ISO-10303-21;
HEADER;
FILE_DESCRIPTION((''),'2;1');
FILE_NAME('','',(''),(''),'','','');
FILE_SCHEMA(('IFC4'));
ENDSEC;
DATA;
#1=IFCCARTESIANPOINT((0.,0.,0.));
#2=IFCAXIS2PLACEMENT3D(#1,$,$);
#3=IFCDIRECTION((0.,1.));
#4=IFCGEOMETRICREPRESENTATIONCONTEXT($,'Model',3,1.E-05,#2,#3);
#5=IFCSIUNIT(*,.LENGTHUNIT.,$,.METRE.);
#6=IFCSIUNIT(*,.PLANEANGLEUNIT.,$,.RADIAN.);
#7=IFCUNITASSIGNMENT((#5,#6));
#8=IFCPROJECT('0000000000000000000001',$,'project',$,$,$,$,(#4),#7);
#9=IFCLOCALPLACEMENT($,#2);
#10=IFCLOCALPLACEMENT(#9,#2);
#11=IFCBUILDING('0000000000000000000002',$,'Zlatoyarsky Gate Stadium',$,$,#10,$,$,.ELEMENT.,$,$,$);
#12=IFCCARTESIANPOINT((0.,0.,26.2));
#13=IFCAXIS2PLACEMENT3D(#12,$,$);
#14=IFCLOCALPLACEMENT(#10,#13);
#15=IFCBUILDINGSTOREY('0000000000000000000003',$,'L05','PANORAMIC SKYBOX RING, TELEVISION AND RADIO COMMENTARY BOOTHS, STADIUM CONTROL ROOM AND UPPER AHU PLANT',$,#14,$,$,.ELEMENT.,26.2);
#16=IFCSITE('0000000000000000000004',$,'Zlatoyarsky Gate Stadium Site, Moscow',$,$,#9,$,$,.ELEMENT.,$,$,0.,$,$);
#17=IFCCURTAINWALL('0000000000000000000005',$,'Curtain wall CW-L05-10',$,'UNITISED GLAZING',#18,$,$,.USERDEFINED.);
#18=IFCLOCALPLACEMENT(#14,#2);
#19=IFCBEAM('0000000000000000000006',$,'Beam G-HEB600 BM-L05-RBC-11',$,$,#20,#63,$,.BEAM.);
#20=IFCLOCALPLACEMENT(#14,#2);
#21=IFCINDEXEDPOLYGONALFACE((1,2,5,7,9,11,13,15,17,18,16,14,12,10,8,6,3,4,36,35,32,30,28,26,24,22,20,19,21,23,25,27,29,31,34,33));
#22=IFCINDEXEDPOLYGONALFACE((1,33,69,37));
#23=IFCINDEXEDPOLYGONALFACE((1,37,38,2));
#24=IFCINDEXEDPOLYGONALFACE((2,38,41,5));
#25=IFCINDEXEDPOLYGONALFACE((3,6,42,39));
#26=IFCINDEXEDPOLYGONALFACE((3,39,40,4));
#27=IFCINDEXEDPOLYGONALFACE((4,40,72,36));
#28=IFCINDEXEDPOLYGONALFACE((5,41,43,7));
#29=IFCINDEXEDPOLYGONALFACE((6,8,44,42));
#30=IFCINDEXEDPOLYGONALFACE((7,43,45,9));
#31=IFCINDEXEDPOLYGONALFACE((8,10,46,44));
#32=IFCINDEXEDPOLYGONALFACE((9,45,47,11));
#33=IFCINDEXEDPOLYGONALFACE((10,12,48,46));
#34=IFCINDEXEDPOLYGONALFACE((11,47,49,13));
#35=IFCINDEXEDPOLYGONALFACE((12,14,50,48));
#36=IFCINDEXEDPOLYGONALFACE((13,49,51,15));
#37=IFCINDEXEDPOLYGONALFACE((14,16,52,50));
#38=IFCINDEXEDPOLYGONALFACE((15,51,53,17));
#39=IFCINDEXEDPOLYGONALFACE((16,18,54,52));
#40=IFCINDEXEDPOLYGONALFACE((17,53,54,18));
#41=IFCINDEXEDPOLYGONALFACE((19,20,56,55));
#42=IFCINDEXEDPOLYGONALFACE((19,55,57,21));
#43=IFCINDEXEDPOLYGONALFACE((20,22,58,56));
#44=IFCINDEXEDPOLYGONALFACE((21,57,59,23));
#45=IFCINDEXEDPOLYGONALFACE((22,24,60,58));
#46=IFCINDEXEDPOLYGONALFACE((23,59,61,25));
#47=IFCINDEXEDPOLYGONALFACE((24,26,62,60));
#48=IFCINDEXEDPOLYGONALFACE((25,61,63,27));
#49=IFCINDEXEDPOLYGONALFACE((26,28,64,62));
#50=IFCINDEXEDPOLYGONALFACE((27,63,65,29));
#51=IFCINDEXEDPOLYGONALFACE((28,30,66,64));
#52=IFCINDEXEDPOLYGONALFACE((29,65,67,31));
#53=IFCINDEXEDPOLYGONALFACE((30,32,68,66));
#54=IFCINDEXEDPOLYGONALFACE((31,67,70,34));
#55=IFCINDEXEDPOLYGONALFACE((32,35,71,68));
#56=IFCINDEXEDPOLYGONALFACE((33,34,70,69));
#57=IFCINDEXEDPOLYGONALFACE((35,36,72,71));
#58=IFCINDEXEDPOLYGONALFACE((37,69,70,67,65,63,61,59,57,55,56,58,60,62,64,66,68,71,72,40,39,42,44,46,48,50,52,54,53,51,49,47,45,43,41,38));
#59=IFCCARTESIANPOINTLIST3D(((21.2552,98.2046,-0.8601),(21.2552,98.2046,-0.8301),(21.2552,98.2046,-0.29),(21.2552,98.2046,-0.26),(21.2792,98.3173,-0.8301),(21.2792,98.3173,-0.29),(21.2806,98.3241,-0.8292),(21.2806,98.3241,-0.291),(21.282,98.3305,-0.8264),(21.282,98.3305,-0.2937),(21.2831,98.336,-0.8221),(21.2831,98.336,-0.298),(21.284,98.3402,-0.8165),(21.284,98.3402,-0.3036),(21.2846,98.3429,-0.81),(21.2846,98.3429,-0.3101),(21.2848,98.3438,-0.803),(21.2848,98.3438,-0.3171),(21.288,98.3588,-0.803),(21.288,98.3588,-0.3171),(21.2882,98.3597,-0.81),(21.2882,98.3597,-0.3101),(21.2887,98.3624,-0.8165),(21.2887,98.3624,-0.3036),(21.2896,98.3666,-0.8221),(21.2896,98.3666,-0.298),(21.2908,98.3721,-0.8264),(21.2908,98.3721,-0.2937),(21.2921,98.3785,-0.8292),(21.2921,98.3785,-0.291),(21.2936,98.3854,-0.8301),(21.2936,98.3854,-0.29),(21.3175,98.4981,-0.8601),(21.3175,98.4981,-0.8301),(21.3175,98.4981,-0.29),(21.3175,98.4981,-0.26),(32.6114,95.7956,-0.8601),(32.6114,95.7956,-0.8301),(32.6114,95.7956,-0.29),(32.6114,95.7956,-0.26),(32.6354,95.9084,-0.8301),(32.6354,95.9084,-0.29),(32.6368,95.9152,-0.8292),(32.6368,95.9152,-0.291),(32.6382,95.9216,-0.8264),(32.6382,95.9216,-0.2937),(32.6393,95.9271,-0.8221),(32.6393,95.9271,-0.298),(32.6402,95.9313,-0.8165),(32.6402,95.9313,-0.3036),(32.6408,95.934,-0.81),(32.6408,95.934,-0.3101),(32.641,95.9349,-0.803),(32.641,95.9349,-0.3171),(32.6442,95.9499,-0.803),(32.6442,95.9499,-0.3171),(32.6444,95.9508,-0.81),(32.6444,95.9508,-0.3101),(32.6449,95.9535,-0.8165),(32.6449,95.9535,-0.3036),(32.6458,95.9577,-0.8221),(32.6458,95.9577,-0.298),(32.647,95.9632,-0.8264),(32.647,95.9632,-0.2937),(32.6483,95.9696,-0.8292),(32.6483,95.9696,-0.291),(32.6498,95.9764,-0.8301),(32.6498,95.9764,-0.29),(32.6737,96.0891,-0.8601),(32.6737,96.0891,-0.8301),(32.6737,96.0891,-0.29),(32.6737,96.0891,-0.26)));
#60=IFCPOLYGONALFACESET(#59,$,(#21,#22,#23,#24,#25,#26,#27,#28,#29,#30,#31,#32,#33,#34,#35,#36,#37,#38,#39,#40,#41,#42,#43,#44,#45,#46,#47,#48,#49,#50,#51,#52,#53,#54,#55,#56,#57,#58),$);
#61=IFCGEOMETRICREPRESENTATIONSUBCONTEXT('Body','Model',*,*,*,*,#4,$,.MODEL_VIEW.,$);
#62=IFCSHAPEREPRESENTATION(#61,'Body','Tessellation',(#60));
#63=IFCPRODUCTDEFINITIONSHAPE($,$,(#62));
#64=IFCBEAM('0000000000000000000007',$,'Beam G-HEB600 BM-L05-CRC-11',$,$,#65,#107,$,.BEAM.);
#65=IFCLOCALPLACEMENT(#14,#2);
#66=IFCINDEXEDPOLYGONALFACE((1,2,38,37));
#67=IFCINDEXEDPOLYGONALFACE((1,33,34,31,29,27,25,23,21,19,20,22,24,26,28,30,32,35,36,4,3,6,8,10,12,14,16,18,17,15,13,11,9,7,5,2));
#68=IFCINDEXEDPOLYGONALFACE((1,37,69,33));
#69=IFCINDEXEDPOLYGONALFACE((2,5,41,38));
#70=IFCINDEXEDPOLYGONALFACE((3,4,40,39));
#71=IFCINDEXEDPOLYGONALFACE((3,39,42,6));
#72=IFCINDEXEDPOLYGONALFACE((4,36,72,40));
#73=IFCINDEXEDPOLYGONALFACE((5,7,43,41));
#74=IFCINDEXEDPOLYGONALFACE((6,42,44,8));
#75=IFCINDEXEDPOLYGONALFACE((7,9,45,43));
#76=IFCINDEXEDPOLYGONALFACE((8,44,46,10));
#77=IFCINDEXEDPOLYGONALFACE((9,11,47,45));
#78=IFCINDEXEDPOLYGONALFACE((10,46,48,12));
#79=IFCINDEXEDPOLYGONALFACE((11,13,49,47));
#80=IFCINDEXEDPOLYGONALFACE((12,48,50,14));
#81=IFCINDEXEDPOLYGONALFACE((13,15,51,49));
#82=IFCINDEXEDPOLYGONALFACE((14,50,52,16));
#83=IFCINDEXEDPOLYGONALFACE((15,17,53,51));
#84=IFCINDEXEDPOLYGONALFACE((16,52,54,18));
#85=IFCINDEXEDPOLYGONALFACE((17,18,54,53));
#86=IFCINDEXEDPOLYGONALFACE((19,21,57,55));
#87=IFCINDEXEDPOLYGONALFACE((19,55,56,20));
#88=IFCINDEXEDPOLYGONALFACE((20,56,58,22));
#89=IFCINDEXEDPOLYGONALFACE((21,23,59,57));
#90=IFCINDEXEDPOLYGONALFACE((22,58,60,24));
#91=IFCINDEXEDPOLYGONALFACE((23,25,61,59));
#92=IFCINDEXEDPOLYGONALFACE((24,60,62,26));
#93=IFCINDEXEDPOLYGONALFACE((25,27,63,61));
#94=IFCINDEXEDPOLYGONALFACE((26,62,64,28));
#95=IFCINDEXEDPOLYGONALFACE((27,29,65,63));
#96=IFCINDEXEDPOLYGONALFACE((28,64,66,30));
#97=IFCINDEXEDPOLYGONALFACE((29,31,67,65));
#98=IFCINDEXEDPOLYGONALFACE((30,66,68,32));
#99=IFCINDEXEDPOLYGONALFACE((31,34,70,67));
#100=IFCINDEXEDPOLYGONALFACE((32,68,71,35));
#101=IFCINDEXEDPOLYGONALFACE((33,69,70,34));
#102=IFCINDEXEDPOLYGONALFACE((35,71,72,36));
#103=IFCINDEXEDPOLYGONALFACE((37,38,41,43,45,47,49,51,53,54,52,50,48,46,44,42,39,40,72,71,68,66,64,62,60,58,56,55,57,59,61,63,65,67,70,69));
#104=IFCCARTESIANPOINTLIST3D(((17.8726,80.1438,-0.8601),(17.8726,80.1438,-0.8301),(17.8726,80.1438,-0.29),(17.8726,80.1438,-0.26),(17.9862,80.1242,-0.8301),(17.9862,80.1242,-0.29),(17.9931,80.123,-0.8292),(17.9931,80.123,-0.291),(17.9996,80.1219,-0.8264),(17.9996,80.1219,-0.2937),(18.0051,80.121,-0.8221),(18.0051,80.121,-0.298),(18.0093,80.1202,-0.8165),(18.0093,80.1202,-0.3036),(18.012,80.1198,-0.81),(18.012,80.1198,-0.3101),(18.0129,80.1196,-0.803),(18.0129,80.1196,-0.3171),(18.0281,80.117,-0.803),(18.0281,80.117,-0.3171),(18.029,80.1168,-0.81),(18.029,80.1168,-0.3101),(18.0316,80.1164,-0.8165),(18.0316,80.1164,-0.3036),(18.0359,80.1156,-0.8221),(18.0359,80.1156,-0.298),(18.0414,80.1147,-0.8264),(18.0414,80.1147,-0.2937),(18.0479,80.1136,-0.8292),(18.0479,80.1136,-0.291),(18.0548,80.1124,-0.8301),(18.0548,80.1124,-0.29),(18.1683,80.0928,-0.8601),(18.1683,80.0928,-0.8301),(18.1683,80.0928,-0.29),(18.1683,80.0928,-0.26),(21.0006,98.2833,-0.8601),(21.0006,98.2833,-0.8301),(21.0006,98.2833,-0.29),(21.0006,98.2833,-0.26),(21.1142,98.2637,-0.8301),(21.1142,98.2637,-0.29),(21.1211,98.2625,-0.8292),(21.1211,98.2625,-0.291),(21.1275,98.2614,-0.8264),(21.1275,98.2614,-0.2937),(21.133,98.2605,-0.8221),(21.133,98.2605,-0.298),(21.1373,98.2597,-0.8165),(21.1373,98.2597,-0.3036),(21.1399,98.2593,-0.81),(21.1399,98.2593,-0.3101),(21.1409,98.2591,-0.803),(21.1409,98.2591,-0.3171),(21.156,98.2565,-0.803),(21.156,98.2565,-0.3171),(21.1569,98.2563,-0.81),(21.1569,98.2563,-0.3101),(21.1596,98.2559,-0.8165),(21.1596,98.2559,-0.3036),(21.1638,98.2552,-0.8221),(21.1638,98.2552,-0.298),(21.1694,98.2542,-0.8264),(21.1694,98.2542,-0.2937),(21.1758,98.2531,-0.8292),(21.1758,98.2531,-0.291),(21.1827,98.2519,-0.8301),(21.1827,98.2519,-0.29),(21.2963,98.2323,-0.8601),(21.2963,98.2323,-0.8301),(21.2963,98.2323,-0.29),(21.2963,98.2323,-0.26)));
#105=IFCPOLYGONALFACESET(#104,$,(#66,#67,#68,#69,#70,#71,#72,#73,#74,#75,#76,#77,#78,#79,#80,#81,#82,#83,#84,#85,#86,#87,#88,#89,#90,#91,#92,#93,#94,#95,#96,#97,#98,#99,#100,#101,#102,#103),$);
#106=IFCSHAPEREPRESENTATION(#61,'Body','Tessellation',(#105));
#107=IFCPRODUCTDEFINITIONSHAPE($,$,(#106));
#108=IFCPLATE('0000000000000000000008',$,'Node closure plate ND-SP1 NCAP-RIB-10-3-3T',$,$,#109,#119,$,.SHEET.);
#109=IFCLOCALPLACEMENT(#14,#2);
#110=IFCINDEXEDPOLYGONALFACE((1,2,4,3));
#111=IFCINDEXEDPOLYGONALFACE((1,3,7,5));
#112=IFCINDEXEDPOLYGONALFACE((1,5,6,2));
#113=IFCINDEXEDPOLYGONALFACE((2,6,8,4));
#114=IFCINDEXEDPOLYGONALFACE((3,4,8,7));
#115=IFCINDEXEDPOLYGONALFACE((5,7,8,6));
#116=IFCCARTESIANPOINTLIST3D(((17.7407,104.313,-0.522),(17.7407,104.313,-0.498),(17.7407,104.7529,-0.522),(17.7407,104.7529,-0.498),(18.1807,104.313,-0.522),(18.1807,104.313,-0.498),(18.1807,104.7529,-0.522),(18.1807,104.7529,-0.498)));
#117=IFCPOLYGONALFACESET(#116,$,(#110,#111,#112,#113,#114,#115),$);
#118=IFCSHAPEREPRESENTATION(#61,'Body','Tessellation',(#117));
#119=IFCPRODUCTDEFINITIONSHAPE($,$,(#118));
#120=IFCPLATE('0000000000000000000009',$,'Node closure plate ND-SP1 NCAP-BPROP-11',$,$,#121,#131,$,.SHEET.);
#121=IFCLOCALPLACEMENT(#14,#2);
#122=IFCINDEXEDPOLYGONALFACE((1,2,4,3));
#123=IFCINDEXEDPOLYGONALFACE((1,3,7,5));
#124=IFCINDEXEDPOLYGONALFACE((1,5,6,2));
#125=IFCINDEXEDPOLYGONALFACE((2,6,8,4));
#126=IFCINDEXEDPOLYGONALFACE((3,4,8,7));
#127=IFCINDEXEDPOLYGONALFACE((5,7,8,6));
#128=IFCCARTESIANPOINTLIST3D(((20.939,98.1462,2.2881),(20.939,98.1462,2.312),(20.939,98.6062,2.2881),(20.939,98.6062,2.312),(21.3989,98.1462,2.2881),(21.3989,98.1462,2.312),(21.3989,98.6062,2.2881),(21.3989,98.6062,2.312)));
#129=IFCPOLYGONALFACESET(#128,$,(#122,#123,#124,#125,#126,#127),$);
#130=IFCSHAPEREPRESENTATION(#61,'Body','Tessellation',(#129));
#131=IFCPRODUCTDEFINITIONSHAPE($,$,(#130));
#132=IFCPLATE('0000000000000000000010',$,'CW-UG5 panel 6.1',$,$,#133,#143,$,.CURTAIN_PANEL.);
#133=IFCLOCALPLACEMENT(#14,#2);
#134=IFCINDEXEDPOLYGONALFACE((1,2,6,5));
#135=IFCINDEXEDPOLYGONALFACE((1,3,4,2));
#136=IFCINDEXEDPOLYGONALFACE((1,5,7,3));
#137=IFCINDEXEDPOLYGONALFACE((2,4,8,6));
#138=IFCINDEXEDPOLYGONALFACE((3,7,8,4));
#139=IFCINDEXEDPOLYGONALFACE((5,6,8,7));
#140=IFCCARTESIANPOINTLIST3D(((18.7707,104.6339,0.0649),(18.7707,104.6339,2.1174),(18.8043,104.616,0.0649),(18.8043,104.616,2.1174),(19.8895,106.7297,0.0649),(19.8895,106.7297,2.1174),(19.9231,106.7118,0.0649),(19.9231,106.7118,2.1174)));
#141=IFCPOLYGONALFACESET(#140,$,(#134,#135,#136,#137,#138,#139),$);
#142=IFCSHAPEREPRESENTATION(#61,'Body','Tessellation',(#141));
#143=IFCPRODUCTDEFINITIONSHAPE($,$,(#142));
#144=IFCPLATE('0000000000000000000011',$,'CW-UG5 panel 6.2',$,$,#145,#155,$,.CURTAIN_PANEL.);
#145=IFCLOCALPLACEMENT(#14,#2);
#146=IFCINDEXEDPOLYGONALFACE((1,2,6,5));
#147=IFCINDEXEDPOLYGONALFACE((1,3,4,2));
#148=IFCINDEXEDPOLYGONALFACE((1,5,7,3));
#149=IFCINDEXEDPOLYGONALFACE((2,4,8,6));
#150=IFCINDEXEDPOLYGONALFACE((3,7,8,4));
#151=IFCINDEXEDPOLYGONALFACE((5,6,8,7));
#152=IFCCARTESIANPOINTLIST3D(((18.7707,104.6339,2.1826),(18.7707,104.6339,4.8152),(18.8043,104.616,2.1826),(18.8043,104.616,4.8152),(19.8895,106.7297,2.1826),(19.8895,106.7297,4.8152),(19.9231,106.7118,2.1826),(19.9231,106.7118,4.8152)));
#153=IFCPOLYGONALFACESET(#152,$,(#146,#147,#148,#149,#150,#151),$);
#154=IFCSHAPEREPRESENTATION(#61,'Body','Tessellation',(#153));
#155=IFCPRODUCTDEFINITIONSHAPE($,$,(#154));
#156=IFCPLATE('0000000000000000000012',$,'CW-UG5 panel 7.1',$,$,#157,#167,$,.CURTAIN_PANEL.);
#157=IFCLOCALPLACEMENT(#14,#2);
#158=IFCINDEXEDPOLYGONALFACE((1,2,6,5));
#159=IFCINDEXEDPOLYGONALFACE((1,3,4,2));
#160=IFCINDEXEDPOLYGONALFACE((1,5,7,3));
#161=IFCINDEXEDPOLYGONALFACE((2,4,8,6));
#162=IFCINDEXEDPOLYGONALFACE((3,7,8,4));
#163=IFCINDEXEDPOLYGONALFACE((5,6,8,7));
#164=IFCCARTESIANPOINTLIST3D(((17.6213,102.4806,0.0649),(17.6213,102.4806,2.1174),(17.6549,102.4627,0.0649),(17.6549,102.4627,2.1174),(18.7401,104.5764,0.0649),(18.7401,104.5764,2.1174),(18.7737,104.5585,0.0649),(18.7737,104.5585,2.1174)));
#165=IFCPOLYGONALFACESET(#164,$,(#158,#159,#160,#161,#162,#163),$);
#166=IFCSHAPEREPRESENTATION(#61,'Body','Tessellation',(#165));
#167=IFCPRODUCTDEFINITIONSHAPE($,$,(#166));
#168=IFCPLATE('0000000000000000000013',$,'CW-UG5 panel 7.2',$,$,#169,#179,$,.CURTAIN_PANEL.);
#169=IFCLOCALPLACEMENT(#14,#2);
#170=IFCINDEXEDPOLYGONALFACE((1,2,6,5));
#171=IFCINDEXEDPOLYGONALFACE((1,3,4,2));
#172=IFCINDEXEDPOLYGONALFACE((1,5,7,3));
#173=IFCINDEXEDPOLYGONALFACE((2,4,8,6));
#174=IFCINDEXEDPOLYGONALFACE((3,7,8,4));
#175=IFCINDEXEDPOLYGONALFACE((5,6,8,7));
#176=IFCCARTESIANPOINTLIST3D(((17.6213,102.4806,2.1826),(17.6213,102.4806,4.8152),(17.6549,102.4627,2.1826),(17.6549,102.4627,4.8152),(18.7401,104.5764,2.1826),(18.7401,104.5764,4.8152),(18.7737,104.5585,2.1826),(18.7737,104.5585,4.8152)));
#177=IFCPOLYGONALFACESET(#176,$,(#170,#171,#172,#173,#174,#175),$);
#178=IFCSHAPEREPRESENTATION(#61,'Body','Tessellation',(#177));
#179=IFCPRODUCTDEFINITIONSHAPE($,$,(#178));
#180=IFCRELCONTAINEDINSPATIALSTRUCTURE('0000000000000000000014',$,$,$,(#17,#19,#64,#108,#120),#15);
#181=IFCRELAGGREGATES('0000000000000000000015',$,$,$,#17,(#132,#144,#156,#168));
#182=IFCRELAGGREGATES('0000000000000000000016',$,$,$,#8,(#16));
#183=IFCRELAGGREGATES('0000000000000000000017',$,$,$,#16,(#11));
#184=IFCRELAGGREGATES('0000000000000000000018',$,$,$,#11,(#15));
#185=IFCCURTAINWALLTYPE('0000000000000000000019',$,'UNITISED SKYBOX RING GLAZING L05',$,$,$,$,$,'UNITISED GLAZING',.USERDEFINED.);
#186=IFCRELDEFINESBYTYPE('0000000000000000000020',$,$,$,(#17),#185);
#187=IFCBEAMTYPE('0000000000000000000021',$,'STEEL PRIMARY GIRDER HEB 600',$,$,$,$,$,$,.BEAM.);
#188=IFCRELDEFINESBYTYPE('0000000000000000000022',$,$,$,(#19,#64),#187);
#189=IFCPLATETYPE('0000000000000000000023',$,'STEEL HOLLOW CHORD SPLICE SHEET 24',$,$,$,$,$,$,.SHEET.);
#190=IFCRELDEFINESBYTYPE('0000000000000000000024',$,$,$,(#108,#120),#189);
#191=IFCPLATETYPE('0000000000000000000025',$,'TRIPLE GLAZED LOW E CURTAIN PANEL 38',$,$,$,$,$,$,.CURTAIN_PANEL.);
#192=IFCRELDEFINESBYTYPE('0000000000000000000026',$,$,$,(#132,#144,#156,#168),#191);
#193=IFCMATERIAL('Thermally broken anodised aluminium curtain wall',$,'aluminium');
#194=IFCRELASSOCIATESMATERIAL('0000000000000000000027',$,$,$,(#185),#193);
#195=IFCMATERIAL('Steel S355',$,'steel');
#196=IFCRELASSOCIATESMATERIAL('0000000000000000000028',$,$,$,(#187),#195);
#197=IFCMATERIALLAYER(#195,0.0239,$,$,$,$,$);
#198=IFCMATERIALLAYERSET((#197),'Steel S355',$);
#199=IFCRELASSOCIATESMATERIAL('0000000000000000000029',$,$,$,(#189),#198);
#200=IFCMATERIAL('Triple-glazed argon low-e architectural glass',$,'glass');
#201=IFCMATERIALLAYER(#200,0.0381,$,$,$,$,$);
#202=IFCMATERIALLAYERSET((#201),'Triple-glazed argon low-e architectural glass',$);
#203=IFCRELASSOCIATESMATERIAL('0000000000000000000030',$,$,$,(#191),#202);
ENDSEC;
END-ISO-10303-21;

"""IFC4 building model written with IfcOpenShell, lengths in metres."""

from ifc_helpers import new_model, si_unit, direction, frame, origin, origin_2d, place, context, subcontext, project, spatial, rectangle, i_section, extrude, material, layer, layer_set, material_profile, profile_set, type_object, element, aggregate, save


model = new_model("IFC4")

# Units and contexts
model_context = context("Model", 3, precision=1e-05, world=origin(), true_north=direction((0.0, 1.0)))
body_context = subcontext(model_context, "Body", "Model", "MODEL_VIEW")
ifc_project = project(units=[si_unit("LENGTHUNIT", "METRE"), si_unit("PLANEANGLEUNIT", "RADIAN")], contexts=[model_context])

# Site, building, storey
site_placement = place(None, origin())
site = spatial("IfcSite", under=ifc_project, at=site_placement, Name="Zlatoyarsky Gate Stadium Site, Moscow", CompositionType="ELEMENT", RefElevation=0.0)
building_placement = place(site_placement, origin())
building = spatial("IfcBuilding", under=site, at=building_placement, Name="Zlatoyarsky Gate Stadium", CompositionType="ELEMENT")
storey_placement = place(building_placement, frame((0.0, 0.0, 26.2)))
storey = spatial("IfcBuildingStorey", under=building, at=storey_placement, Name="L05", Description="PANORAMIC SKYBOX RING, TELEVISION AND RADIO COMMENTARY BOOTHS, STADIUM CONTROL ROOM AND UPPER AHU PLANT", CompositionType="ELEMENT", Elevation=26.2)

# Shared definitions
ifc_material_1 = material(Name="Steel S355", Category="steel")

# Curtain wall
ifc_material_2 = material(Name="Thermally broken anodised aluminium curtain wall", Category="aluminium")
curtain_wall_type = type_object("IfcCurtainWallType", Name="UNITISED SKYBOX RING GLAZING L05", ElementType="UNITISED GLAZING", PredefinedType="USERDEFINED", material=ifc_material_2)
curtain_wall_placement = place(storey_placement, origin())
curtain_wall = element("IfcCurtainWall", 1, at=curtain_wall_placement, inside=storey, type_object=curtain_wall_type, Name="Curtain wall CW-L05-10", ObjectType="UNITISED GLAZING", PredefinedType="USERDEFINED")

# Beams
ifc_material_profile_1 = material_profile(ifc_material_1, i_section(OverallWidth=0.3, OverallDepth=0.6001, WebThickness=0.0154, FlangeThickness=0.03, FilletRadius=0.0271, at=origin_2d()), Name="HEB 600")
ifc_profile_set_1 = profile_set([ifc_material_profile_1], Name="Steel S355")
beam_type_1 = type_object("IfcBeamType", Name="STEEL PRIMARY GIRDER HEB 600", PredefinedType="BEAM", material=ifc_profile_set_1)
beam_1_placement = place(storey_placement, frame((32.6426, 95.9424, -0.5601), z_axis=(-0.978233, 0.207508, 0.0), x_axis=(-0.207508, -0.978233, 0.0)))
element("IfcBeam", 2, at=beam_1_placement, inside=storey, type_object=beam_type_1, Name="Beam G-HEB600 BM-L05-RBC-11", PredefinedType="BEAM", context=body_context, shape_type="SweptSolid", body=[
    extrude(i_section(OverallWidth=0.3, OverallDepth=0.6001, WebThickness=0.0154, FlangeThickness=0.03, FilletRadius=0.0271, at=origin_2d()), origin(), (0.0, 0.0, 1.0), 11.6089),
])
beam_2_placement = place(storey_placement, frame((21.1484, 98.2578, -0.5601), z_axis=(-0.16993, -0.985456, 0.0), x_axis=(0.985456, -0.16993, 0.0)))
element("IfcBeam", 3, at=beam_2_placement, inside=storey, type_object=beam_type_1, Name="Beam G-HEB600 BM-L05-CRC-11", PredefinedType="BEAM", context=body_context, shape_type="SweptSolid", body=[
    extrude(i_section(OverallWidth=0.3, OverallDepth=0.6001, WebThickness=0.0154, FlangeThickness=0.03, FilletRadius=0.0271, at=origin_2d()), origin(), (0.0, 0.0, 1.0), 18.4072),
])

# Plates
ifc_layer_1 = layer(ifc_material_1, 0.0239)
ifc_layer_set_1 = layer_set([ifc_layer_1], Name="Steel S355")
plate_type_1 = type_object("IfcPlateType", Name="STEEL HOLLOW CHORD SPLICE SHEET 24", PredefinedType="SHEET", material=ifc_layer_set_1)
plate_1_placement = place(storey_placement, frame((17.9607, 104.533, -0.522), z_axis=(0.0, 0.0, 1.0), x_axis=(1.0, 0.0, 0.0)))
element("IfcPlate", 4, at=plate_1_placement, inside=storey, type_object=plate_type_1, Name="Node closure plate ND-SP1 NCAP-RIB-10-3-3T", PredefinedType="SHEET", context=body_context, shape_type="SweptSolid", body=[
    extrude(rectangle(XDim=0.4399, YDim=0.4399, at=origin_2d()), origin(), (0.0, 0.0, 1.0), 0.0239),
])
plate_2_placement = place(storey_placement, frame((21.1689, 98.3762, 2.2881), z_axis=(0.0, 0.0, 1.0), x_axis=(1.0, 0.0, 0.0)))
element("IfcPlate", 5, at=plate_2_placement, inside=storey, type_object=plate_type_1, Name="Node closure plate ND-SP1 NCAP-BPROP-11", PredefinedType="SHEET", context=body_context, shape_type="SweptSolid", body=[
    extrude(rectangle(XDim=0.46, YDim=0.46, at=origin_2d()), origin(), (0.0, 0.0, 1.0), 0.0239),
])

# Plates
ifc_material_3 = material(Name="Triple-glazed argon low-e architectural glass", Category="glass")
ifc_layer_2 = layer(ifc_material_3, 0.0381)
ifc_layer_set_2 = layer_set([ifc_layer_2], Name="Triple-glazed argon low-e architectural glass")
plate_type_2 = type_object("IfcPlateType", Name="TRIPLE GLAZED LOW E CURTAIN PANEL 38", PredefinedType="CURTAIN_PANEL", material=ifc_layer_set_2)
plate_3_placement = place(storey_placement, frame((19.3469, 105.6729, 0.0649), z_axis=(0.0, 0.0, 1.0), x_axis=(-0.470937, -0.882167, 0.0)))
plate_3 = element("IfcPlate", 6, at=plate_3_placement, type_object=plate_type_2, Name="CW-UG5 panel 6.1", PredefinedType="CURTAIN_PANEL", context=body_context, shape_type="SweptSolid", body=[
    extrude(rectangle(XDim=2.3757, YDim=0.0381, at=origin_2d()), origin(), (0.0, 0.0, 1.0), 2.0525),
])
plate_4_placement = place(storey_placement, frame((19.3469, 105.6729, 2.1826), z_axis=(0.0, 0.0, 1.0), x_axis=(-0.470937, -0.882167, 0.0)))
plate_4 = element("IfcPlate", 7, at=plate_4_placement, type_object=plate_type_2, Name="CW-UG5 panel 6.2", PredefinedType="CURTAIN_PANEL", context=body_context, shape_type="SweptSolid", body=[
    extrude(rectangle(XDim=2.3757, YDim=0.0381, at=origin_2d()), origin(), (0.0, 0.0, 1.0), 2.6326),
])
plate_5_placement = place(storey_placement, frame((18.1975, 103.5195, 0.0649), z_axis=(0.0, 0.0, 1.0), x_axis=(-0.470937, -0.882167, 0.0)))
plate_5 = element("IfcPlate", 8, at=plate_5_placement, type_object=plate_type_2, Name="CW-UG5 panel 7.1", PredefinedType="CURTAIN_PANEL", context=body_context, shape_type="SweptSolid", body=[
    extrude(rectangle(XDim=2.3757, YDim=0.0381, at=origin_2d()), origin(), (0.0, 0.0, 1.0), 2.0525),
])
plate_6_placement = place(storey_placement, frame((18.1975, 103.5195, 2.1826), z_axis=(0.0, 0.0, 1.0), x_axis=(-0.470937, -0.882167, 0.0)))
plate_6 = element("IfcPlate", 9, at=plate_6_placement, type_object=plate_type_2, Name="CW-UG5 panel 7.2", PredefinedType="CURTAIN_PANEL", context=body_context, shape_type="SweptSolid", body=[
    extrude(rectangle(XDim=2.3757, YDim=0.0381, at=origin_2d()), origin(), (0.0, 0.0, 1.0), 2.6326),
])
aggregate(curtain_wall, [plate_3, plate_4, plate_5, plate_6])

save(model, "model.ifc")
